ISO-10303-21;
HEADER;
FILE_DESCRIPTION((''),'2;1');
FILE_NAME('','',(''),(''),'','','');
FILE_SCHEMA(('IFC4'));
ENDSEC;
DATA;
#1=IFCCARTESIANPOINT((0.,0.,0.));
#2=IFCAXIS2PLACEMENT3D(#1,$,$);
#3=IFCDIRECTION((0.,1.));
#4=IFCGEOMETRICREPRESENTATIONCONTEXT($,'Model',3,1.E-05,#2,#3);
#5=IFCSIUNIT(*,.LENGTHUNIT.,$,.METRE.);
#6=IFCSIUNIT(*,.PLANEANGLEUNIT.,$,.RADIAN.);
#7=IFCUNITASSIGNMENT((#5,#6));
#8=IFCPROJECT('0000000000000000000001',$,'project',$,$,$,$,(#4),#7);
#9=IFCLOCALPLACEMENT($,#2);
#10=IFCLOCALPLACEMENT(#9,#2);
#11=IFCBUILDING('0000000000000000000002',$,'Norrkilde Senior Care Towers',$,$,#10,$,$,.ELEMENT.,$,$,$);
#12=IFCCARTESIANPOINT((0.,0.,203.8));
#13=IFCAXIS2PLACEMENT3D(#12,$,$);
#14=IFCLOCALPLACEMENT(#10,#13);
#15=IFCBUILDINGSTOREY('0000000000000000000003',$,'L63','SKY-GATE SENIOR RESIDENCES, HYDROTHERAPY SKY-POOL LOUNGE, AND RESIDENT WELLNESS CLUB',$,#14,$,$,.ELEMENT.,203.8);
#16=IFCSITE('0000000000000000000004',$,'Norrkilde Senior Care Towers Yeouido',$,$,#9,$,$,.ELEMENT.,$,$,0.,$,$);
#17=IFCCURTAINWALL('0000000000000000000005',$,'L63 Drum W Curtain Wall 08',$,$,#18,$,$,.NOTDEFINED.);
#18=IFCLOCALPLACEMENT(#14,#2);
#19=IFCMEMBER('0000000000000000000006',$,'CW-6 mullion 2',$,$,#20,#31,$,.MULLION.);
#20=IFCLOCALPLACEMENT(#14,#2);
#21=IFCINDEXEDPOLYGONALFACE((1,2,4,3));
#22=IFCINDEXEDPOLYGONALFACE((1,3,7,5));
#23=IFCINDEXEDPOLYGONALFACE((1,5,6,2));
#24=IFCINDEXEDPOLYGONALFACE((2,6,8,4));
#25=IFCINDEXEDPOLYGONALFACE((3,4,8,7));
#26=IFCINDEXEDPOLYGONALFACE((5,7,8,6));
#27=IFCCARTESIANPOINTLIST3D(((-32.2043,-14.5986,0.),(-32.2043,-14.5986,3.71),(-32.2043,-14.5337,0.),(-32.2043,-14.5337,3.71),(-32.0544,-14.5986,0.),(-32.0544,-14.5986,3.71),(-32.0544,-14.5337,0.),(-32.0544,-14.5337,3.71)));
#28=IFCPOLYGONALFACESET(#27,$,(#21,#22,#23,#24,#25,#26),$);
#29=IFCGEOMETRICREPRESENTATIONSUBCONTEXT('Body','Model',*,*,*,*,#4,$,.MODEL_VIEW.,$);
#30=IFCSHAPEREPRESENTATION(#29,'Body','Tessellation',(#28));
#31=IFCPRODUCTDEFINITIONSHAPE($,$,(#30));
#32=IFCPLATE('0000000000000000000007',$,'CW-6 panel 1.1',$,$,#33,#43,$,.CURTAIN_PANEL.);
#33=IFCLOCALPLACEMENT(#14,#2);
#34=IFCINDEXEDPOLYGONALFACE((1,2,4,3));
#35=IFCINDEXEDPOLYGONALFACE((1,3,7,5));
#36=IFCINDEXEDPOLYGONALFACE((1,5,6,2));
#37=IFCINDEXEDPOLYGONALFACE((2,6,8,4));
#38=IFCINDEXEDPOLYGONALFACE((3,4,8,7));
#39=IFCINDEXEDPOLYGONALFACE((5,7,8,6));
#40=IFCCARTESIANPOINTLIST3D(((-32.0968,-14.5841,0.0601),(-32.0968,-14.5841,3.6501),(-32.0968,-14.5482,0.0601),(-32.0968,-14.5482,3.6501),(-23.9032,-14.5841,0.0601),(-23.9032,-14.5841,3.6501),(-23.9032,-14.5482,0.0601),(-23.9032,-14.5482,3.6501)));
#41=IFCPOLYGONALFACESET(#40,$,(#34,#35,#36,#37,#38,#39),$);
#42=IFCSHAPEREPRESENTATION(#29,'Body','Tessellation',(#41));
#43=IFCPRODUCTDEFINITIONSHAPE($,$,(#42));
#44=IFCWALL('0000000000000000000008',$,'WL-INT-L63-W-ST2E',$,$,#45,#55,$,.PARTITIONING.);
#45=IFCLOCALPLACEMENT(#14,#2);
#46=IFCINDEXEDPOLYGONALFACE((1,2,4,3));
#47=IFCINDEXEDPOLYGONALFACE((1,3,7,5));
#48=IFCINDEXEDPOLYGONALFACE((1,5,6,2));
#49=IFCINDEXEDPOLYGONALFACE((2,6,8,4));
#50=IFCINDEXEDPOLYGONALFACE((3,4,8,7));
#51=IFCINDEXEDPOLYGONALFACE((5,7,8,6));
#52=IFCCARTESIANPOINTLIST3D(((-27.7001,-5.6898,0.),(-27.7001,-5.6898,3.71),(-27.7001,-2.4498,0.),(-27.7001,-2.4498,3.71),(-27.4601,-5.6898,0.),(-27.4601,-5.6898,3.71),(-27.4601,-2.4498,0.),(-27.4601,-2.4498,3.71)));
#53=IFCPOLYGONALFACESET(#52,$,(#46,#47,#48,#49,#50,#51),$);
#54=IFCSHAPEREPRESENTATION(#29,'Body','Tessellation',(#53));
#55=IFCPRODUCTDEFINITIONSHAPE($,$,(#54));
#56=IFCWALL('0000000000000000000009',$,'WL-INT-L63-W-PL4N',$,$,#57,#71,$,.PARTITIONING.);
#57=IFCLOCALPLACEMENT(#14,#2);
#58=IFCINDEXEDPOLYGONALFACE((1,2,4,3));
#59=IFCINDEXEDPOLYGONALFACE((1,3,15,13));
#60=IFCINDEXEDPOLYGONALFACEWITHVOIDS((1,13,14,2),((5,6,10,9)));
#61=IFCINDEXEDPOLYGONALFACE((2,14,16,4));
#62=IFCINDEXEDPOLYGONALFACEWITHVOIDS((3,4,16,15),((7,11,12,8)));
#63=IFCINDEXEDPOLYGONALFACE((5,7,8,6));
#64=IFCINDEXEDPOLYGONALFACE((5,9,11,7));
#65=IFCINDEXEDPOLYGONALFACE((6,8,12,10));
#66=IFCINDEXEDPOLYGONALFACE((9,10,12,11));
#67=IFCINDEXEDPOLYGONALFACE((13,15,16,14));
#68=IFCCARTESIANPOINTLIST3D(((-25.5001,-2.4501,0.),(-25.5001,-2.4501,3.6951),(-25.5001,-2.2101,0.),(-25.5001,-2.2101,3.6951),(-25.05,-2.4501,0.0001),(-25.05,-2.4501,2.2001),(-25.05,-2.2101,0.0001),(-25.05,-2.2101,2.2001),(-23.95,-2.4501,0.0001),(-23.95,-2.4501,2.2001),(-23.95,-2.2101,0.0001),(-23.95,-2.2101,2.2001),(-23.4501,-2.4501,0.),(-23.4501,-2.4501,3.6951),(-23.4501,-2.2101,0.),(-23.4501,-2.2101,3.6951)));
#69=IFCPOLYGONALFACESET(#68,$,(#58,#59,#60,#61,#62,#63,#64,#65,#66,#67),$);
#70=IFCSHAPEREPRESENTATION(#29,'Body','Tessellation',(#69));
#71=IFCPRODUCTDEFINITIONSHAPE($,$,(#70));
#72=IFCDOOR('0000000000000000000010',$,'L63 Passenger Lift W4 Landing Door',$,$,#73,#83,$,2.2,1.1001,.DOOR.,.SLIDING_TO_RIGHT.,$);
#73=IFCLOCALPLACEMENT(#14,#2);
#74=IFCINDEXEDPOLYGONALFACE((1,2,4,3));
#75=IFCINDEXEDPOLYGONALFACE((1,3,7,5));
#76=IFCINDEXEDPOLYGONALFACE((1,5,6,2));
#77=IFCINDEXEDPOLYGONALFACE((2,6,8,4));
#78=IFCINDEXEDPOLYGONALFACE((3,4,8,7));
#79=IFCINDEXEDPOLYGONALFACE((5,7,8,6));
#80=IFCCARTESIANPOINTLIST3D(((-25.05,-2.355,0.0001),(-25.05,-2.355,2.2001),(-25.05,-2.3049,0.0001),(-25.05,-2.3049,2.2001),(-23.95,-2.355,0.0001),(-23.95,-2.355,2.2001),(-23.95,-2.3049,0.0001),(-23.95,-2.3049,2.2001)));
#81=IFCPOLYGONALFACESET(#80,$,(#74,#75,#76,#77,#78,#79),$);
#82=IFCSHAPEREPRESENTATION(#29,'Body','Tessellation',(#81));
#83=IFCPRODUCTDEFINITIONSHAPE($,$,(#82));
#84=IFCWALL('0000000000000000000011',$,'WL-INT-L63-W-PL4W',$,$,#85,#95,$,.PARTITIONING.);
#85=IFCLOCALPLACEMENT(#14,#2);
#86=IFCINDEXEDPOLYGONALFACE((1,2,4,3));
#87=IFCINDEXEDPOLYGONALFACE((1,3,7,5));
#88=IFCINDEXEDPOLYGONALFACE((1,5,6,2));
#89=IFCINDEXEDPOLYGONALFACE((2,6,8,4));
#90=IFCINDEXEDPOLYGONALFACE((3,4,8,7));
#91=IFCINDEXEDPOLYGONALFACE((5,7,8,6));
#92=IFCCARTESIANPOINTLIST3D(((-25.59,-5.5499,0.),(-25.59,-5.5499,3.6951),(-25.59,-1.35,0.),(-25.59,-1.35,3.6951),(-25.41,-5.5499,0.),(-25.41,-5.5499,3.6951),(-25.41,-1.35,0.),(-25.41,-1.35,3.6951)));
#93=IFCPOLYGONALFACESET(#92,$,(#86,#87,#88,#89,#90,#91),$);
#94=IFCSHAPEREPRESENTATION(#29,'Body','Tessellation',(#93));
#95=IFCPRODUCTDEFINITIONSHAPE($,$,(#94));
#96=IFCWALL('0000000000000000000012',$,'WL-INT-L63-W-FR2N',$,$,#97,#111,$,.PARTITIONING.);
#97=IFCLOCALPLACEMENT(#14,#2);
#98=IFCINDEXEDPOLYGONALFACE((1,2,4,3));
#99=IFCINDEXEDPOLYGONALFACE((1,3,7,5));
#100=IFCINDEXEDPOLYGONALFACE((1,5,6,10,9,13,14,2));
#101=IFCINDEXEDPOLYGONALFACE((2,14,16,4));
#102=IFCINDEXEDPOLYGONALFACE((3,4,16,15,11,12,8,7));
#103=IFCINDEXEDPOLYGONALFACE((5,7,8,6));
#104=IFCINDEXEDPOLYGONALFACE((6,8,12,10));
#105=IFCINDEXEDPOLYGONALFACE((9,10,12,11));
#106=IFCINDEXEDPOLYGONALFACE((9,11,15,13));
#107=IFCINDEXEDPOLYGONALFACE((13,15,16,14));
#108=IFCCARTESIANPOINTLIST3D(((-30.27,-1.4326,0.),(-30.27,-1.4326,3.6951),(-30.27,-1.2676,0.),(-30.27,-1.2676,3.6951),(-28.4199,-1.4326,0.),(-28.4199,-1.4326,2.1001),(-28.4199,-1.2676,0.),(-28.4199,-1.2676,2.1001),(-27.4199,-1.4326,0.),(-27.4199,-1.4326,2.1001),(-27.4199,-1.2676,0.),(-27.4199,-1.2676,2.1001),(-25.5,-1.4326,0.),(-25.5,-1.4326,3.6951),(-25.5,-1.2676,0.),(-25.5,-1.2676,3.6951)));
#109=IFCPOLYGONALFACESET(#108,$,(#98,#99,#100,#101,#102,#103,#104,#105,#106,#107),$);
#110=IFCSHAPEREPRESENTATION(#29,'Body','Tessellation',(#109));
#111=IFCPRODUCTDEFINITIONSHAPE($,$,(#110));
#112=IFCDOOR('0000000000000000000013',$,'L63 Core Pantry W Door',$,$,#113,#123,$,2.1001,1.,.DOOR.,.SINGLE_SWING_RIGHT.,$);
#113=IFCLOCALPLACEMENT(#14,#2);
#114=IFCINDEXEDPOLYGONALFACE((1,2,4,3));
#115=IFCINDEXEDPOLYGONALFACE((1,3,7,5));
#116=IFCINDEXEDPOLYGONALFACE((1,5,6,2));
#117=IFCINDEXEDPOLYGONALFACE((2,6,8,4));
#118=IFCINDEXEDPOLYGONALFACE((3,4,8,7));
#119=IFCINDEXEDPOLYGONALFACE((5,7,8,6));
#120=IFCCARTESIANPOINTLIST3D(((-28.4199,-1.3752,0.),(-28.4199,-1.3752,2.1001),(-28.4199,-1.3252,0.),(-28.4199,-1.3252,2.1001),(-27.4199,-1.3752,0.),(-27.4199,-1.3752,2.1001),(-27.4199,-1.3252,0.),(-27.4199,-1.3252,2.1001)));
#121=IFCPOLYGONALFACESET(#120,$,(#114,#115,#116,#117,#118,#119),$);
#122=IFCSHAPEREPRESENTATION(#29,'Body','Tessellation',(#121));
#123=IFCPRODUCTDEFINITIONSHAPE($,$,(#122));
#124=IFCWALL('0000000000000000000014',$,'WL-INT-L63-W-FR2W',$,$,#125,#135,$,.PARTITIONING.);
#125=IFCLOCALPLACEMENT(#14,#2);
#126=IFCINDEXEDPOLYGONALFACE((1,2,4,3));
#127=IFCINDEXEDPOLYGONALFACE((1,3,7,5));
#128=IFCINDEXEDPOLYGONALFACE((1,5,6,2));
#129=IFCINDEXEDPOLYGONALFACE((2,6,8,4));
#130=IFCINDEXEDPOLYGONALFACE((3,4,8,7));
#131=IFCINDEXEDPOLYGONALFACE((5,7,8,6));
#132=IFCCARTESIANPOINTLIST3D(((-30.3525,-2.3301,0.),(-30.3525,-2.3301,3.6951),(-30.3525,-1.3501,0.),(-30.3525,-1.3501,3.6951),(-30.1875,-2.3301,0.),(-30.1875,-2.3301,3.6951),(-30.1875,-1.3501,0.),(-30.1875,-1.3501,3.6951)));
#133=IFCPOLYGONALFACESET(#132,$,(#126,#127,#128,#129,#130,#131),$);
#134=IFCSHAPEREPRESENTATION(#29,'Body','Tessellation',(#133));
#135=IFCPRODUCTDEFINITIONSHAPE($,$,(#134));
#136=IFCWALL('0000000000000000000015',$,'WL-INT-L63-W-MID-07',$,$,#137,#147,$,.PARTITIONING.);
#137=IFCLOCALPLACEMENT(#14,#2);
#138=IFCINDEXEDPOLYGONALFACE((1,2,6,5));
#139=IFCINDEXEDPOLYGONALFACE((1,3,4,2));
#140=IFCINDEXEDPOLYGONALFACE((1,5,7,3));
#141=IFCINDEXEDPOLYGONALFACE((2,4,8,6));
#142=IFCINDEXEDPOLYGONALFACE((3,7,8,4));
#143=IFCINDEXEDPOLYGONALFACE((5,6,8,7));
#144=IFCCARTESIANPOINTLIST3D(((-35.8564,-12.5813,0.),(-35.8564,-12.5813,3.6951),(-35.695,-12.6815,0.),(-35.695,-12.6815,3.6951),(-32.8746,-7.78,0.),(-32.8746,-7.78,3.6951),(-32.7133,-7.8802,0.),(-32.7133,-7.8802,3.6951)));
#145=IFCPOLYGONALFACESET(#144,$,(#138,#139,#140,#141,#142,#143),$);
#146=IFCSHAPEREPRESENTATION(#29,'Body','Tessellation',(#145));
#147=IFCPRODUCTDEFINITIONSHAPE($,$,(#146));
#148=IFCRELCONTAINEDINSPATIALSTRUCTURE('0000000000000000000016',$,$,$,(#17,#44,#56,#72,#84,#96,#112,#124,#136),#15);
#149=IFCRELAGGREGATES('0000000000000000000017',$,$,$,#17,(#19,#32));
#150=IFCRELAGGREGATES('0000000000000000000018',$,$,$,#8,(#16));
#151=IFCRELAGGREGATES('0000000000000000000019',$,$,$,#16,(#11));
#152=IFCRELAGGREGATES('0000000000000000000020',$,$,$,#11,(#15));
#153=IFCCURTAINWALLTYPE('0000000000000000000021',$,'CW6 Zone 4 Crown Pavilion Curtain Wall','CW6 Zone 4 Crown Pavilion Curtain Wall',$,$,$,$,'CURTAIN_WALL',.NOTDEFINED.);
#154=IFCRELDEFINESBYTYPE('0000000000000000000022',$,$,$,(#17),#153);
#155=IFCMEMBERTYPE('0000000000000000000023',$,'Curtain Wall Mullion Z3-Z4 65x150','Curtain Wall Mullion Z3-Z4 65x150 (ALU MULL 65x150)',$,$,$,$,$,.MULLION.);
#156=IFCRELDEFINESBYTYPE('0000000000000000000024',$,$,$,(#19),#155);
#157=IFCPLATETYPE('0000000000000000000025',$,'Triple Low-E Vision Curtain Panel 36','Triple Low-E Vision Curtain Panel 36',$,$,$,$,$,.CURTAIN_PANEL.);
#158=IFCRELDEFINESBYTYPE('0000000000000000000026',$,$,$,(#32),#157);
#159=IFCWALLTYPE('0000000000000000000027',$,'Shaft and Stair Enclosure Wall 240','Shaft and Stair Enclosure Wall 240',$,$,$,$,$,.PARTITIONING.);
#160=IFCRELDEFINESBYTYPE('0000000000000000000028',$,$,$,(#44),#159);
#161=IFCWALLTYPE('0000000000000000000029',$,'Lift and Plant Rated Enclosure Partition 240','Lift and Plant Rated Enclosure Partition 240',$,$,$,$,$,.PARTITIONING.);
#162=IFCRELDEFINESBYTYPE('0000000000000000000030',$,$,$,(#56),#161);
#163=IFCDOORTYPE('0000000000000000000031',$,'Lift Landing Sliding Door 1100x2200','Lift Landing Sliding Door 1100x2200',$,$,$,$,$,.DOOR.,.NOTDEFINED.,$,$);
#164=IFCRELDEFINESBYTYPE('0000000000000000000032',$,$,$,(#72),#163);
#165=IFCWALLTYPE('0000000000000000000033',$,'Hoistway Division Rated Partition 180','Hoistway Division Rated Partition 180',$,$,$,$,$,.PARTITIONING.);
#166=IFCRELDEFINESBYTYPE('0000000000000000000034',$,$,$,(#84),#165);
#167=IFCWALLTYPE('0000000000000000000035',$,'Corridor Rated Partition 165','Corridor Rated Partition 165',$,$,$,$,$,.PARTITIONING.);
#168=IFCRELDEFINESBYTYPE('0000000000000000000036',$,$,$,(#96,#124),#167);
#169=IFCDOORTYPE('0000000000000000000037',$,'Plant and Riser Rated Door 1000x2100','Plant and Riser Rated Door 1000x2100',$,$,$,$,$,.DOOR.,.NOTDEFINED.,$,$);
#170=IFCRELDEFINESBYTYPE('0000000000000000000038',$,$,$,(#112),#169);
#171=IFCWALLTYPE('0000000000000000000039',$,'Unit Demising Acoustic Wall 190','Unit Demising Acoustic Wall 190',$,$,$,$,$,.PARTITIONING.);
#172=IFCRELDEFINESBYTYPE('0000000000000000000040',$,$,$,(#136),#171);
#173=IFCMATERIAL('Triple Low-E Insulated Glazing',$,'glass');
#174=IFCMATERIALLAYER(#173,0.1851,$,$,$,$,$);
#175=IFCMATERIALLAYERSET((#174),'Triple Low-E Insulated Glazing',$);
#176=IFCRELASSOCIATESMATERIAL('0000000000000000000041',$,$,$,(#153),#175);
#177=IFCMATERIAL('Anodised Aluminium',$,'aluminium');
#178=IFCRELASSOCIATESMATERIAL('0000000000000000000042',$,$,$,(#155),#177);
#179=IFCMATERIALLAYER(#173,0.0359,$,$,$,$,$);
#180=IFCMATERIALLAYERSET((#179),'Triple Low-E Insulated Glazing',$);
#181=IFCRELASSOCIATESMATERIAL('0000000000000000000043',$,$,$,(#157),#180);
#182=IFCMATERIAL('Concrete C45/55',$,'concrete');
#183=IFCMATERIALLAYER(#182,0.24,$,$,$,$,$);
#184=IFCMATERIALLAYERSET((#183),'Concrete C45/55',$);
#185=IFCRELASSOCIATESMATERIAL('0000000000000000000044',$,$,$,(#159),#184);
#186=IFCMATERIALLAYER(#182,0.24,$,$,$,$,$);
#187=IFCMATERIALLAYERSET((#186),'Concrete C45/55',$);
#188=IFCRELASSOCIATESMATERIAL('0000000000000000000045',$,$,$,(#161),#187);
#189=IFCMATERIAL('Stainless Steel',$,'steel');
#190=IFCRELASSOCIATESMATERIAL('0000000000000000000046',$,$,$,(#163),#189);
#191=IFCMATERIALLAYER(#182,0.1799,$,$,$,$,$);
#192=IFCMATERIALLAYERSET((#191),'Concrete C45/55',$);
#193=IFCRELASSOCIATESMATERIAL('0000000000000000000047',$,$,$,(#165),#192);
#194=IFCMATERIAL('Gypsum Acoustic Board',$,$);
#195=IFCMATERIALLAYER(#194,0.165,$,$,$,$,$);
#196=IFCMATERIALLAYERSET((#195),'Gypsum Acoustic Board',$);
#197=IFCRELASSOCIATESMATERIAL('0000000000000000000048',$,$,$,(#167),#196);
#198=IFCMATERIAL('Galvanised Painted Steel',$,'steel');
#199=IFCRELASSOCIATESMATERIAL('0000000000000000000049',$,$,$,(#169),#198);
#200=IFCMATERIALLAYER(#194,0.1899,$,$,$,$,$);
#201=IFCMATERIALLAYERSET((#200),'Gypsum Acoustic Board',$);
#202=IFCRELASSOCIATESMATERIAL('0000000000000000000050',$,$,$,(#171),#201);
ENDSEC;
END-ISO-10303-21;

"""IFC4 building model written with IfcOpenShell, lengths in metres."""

from ifc_helpers import new_model, si_unit, direction, frame, frame_2d, origin, origin_2d, place, context, subcontext, project, spatial, rectangle, extrude, source, transform, mapped, material, layer, layer_set, material_profile, profile_set, type_object, type_shapes, element, fill, aggregate, save


model = new_model("IFC4")

# Units and contexts
model_context = context("Model", 3, precision=1e-05, world=origin(), true_north=direction((0.0, 1.0)))
body_context = subcontext(model_context, "Body", "Model", "MODEL_VIEW")
ifc_project = project(units=[si_unit("LENGTHUNIT", "METRE"), si_unit("PLANEANGLEUNIT", "RADIAN")], contexts=[model_context])

# Site, building, storey
site_placement = place(None, origin())
site = spatial("IfcSite", under=ifc_project, at=site_placement, Name="Norrkilde Senior Care Towers Yeouido", CompositionType="ELEMENT", RefElevation=0.0)
building_placement = place(site_placement, origin())
building = spatial("IfcBuilding", under=site, at=building_placement, Name="Norrkilde Senior Care Towers", CompositionType="ELEMENT")
storey_placement = place(building_placement, frame((0.0, 0.0, 203.8)))
storey = spatial("IfcBuildingStorey", under=building, at=storey_placement, Name="L63", Description="SKY-GATE SENIOR RESIDENCES, HYDROTHERAPY SKY-POOL LOUNGE, AND RESIDENT WELLNESS CLUB", CompositionType="ELEMENT", Elevation=203.8)

# Curtain wall
ifc_material_1 = material(Name="Triple Low-E Insulated Glazing", Category="glass")
ifc_layer_1 = layer(ifc_material_1, 0.1851)
ifc_layer_set_1 = layer_set([ifc_layer_1], Name="Triple Low-E Insulated Glazing")
curtain_wall_type = type_object("IfcCurtainWallType", Name="CW6 Zone 4 Crown Pavilion Curtain Wall", Description="CW6 Zone 4 Crown Pavilion Curtain Wall", ElementType="CURTAIN_WALL", PredefinedType="NOTDEFINED", material=ifc_layer_set_1)
curtain_wall_1_placement = place(storey_placement, origin())
curtain_wall_1 = element("IfcCurtainWall", 1, at=curtain_wall_1_placement, inside=storey, type_object=curtain_wall_type, Name="L63 Drum W Curtain Wall 08", PredefinedType="NOTDEFINED")
ifc_material_2 = material(Name="Anodised Aluminium", Category="aluminium")
ifc_material_profile_1 = material_profile(ifc_material_2, rectangle(XDim=0.0649, YDim=0.1499, at=origin_2d()), Name="ALU MULL 65x150")
ifc_profile_set_1 = profile_set([ifc_material_profile_1], Name="Anodised Aluminium")
member_type_1 = type_object("IfcMemberType", Name="Curtain Wall Mullion Z3-Z4 65x150", Description="Curtain Wall Mullion Z3-Z4 65x150 (ALU MULL 65x150)", PredefinedType="MULLION", material=ifc_profile_set_1)
shared_shape_1 = source(origin(), body_context, "Body", "SweptSolid", [
    extrude(rectangle(XDim=0.0649, YDim=0.1499, at=origin_2d()), origin(), (0.0, 0.0, 1.0), 3.71),
])
type_shapes(member_type_1, [shared_shape_1])

# Member
member_1_placement = place(storey_placement, frame((-32.1294, -14.5662, 0.0), z_axis=(0.0, 0.0, 1.0), x_axis=(0.0, -1.0, 0.0)))
member_1 = element("IfcMember", 2, at=member_1_placement, type_object=member_type_1, Name="CW-6 mullion 2", PredefinedType="MULLION", context=body_context, shape_type="MappedRepresentation", body=[
    mapped(shared_shape_1, transform((0.0, 0.0, 0.0), x_axis=(1.0, 0.0, 0.0), y_axis=(0.0, 1.0, 0.0), z_axis=(0.0, 0.0, 1.0), scale=1.0)),
])

# Plate
ifc_layer_2 = layer(ifc_material_1, 0.0359)
ifc_layer_set_2 = layer_set([ifc_layer_2], Name="Triple Low-E Insulated Glazing")
plate_type = type_object("IfcPlateType", Name="Triple Low-E Vision Curtain Panel 36", Description="Triple Low-E Vision Curtain Panel 36", PredefinedType="CURTAIN_PANEL", material=ifc_layer_set_2)
shared_shape_2 = source(origin(), body_context, "Body", "SweptSolid", [
    extrude(rectangle(XDim=8.1936, YDim=0.0359, at=origin_2d()), origin(), (0.0, 0.0, 1.0), 3.5901),
])
type_shapes(plate_type, [shared_shape_2])
plate_placement = place(storey_placement, frame((-28.0, -14.5662, 0.0601), z_axis=(0.0, 0.0, 1.0), x_axis=(-1.0, 0.0, 0.0)))
plate = element("IfcPlate", 3, at=plate_placement, type_object=plate_type, Name="CW-6 panel 1.1", PredefinedType="CURTAIN_PANEL", context=body_context, shape_type="MappedRepresentation", body=[
    mapped(shared_shape_2, transform((0.0, 0.0, 0.0), x_axis=(1.0, 0.0, 0.0), y_axis=(0.0, 1.0, 0.0), z_axis=(0.0, 0.0, 1.0), scale=1.0)),
])
aggregate(curtain_wall_1, [member_1, plate])

# Wall
ifc_material_3 = material(Name="Concrete C45/55", Category="concrete")
ifc_layer_3 = layer(ifc_material_3, 0.24)
ifc_layer_set_3 = layer_set([ifc_layer_3], Name="Concrete C45/55")
wall_type_1 = type_object("IfcWallType", Name="Shaft and Stair Enclosure Wall 240", Description="Shaft and Stair Enclosure Wall 240", PredefinedType="PARTITIONING", material=ifc_layer_set_3)
shared_shape_3 = source(origin(), body_context, "Body", "SweptSolid", [
    extrude(rectangle(XDim=3.24, YDim=0.24, at=frame_2d((1.6201, 0.0))), origin(), (0.0, 0.0, 1.0), 3.71),
])
type_shapes(wall_type_1, [shared_shape_3])
wall_1_placement = place(storey_placement, frame((-27.5801, -5.6899, 0.0), z_axis=(0.0, 0.0, 1.0), x_axis=(0.0, 1.0, 0.0)))
element("IfcWall", 4, at=wall_1_placement, inside=storey, type_object=wall_type_1, Name="WL-INT-L63-W-ST2E", PredefinedType="PARTITIONING", context=body_context, shape_type="MappedRepresentation", body=[
    mapped(shared_shape_3, transform((0.0, 0.0, 0.0), x_axis=(1.0, 0.0, 0.0), y_axis=(0.0, 1.0, 0.0), z_axis=(0.0, 0.0, 1.0), scale=1.0)),
])

# Wall, opening, door
ifc_layer_4 = layer(ifc_material_3, 0.24)
ifc_layer_set_4 = layer_set([ifc_layer_4], Name="Concrete C45/55")
wall_type_2 = type_object("IfcWallType", Name="Lift and Plant Rated Enclosure Partition 240", Description="Lift and Plant Rated Enclosure Partition 240", PredefinedType="PARTITIONING", material=ifc_layer_set_4)
shared_shape_4 = source(origin(), body_context, "Body", "SweptSolid", [
    extrude(rectangle(XDim=2.05, YDim=0.24, at=frame_2d((1.0249, 0.0))), origin(), (0.0, 0.0, 1.0), 3.6951),
])
type_shapes(wall_type_2, [shared_shape_4])
wall_2_placement = place(storey_placement, frame((-25.5, -2.3301, 0.0), z_axis=(0.0, 0.0, 1.0), x_axis=(1.0, 0.0, 0.0)))
wall_2 = element("IfcWall", 5, at=wall_2_placement, inside=storey, type_object=wall_type_2, Name="WL-INT-L63-W-PL4N", PredefinedType="PARTITIONING", context=body_context, shape_type="MappedRepresentation", body=[
    mapped(shared_shape_4, transform((0.0, 0.0, 0.0), x_axis=(1.0, 0.0, 0.0), y_axis=(0.0, 1.0, 0.0), z_axis=(0.0, 0.0, 1.0), scale=1.0)),
])
opening_1_placement = place(wall_2_placement, frame((0.45, 0.0, 0.0)))
opening_1 = element("IfcOpeningElement", 6, at=opening_1_placement, cuts=wall_2, PredefinedType="OPENING", context=body_context, shape_type="SweptSolid", body=[
    extrude(rectangle(XDim=1.1001, YDim=2.2, at=frame_2d((0.55, 1.1001))), frame((0.0, 0.1299, 0.0), z_axis=(0.0, -1.0, 0.0), x_axis=(1.0, 0.0, 0.0)), (0.0, 0.0, 1.0), 0.26),
])
ifc_material_4 = material(Name="Stainless Steel", Category="steel")
door_type_1 = type_object("IfcDoorType", Name="Lift Landing Sliding Door 1100x2200", Description="Lift Landing Sliding Door 1100x2200", OperationType="NOTDEFINED", PredefinedType="DOOR", material=ifc_material_4)
shared_shape_5 = source(origin(), body_context, "Body", "SweptSolid", [
    extrude(rectangle(XDim=1.1001, YDim=2.2, at=frame_2d((0.55, 1.1001))), frame((0.0, 0.0249, 0.0), z_axis=(0.0, -1.0, 0.0), x_axis=(1.0, 0.0, 0.0)), (0.0, 0.0, 1.0), 0.05),
])
type_shapes(door_type_1, [shared_shape_5])
door_1_placement = place(opening_1_placement, frame((1.1001, 0.0, 0.0), z_axis=(0.0, 0.0, 1.0), x_axis=(-1.0, 0.0, 0.0)))
door_1 = element("IfcDoor", 7, at=door_1_placement, inside=storey, type_object=door_type_1, Name="L63 Passenger Lift W4 Landing Door", OperationType="SLIDING_TO_RIGHT", OverallHeight=2.2, OverallWidth=1.1001, PredefinedType="DOOR", context=body_context, shape_type="MappedRepresentation", body=[
    mapped(shared_shape_5, transform((0.0, 0.0, 0.0), x_axis=(1.0, 0.0, 0.0), y_axis=(0.0, 1.0, 0.0), z_axis=(0.0, 0.0, 1.0), scale=1.0)),
])
fill(opening_1, door_1)

# Wall
ifc_layer_5 = layer(ifc_material_3, 0.1799)
ifc_layer_set_5 = layer_set([ifc_layer_5], Name="Concrete C45/55")
wall_type_3 = type_object("IfcWallType", Name="Hoistway Division Rated Partition 180", Description="Hoistway Division Rated Partition 180", PredefinedType="PARTITIONING", material=ifc_layer_set_5)
shared_shape_6 = source(origin(), body_context, "Body", "SweptSolid", [
    extrude(rectangle(XDim=4.2, YDim=0.1799, at=frame_2d((2.1001, 0.0))), origin(), (0.0, 0.0, 1.0), 3.6951),
])
type_shapes(wall_type_3, [shared_shape_6])
wall_3_placement = place(storey_placement, frame((-25.5, -5.55, 0.0), z_axis=(0.0, 0.0, 1.0), x_axis=(0.0, 1.0, 0.0)))
element("IfcWall", 8, at=wall_3_placement, inside=storey, type_object=wall_type_3, Name="WL-INT-L63-W-PL4W", PredefinedType="PARTITIONING", context=body_context, shape_type="MappedRepresentation", body=[
    mapped(shared_shape_6, transform((0.0, 0.0, 0.0), x_axis=(1.0, 0.0, 0.0), y_axis=(0.0, 1.0, 0.0), z_axis=(0.0, 0.0, 1.0), scale=1.0)),
])

# Wall, opening, door
ifc_material_5 = material(Name="Gypsum Acoustic Board")
ifc_layer_6 = layer(ifc_material_5, 0.165)
ifc_layer_set_6 = layer_set([ifc_layer_6], Name="Gypsum Acoustic Board")
wall_type_4 = type_object("IfcWallType", Name="Corridor Rated Partition 165", Description="Corridor Rated Partition 165", PredefinedType="PARTITIONING", material=ifc_layer_set_6)
shared_shape_7 = source(origin(), body_context, "Body", "SweptSolid", [
    extrude(rectangle(XDim=4.77, YDim=0.165, at=frame_2d((2.385, 0.0))), origin(), (0.0, 0.0, 1.0), 3.6951),
])
wall_4_placement = place(storey_placement, frame((-30.27, -1.3501, 0.0), z_axis=(0.0, 0.0, 1.0), x_axis=(1.0, 0.0, 0.0)))
wall_4 = element("IfcWall", 9, at=wall_4_placement, inside=storey, type_object=wall_type_4, Name="WL-INT-L63-W-FR2N", PredefinedType="PARTITIONING", context=body_context, shape_type="MappedRepresentation", body=[
    mapped(shared_shape_7, transform((0.0, 0.0, 0.0), x_axis=(1.0, 0.0, 0.0), y_axis=(0.0, 1.0, 0.0), z_axis=(0.0, 0.0, 1.0), scale=1.0)),
])
opening_2_placement = place(wall_4_placement, frame((1.8501, 0.0, 0.0)))
opening_2 = element("IfcOpeningElement", 10, at=opening_2_placement, cuts=wall_4, PredefinedType="OPENING", context=body_context, shape_type="SweptSolid", body=[
    extrude(rectangle(XDim=1.0, YDim=2.1001, at=frame_2d((0.5, 1.05))), frame((0.0, 0.0925, 0.0), z_axis=(0.0, -1.0, 0.0), x_axis=(1.0, 0.0, 0.0)), (0.0, 0.0, 1.0), 0.1851),
])
ifc_material_6 = material(Name="Galvanised Painted Steel", Category="steel")
door_type_2 = type_object("IfcDoorType", Name="Plant and Riser Rated Door 1000x2100", Description="Plant and Riser Rated Door 1000x2100", OperationType="NOTDEFINED", PredefinedType="DOOR", material=ifc_material_6)
shared_shape_8 = source(origin(), body_context, "Body", "SweptSolid", [
    extrude(rectangle(XDim=1.0, YDim=2.1001, at=frame_2d((0.5, 1.05))), frame((0.0, 0.0249, 0.0), z_axis=(0.0, -1.0, 0.0), x_axis=(1.0, 0.0, 0.0)), (0.0, 0.0, 1.0), 0.05),
])
type_shapes(door_type_2, [shared_shape_8])
door_2_placement = place(opening_2_placement, origin())
door_2 = element("IfcDoor", 11, at=door_2_placement, inside=storey, type_object=door_type_2, Name="L63 Core Pantry W Door", OperationType="SINGLE_SWING_RIGHT", OverallHeight=2.1001, OverallWidth=1.0, PredefinedType="DOOR", context=body_context, shape_type="MappedRepresentation", body=[
    mapped(shared_shape_8, transform((0.0, 0.0, 0.0), x_axis=(1.0, 0.0, 0.0), y_axis=(0.0, 1.0, 0.0), z_axis=(0.0, 0.0, 1.0), scale=1.0)),
])
fill(opening_2, door_2)

# Walls
shared_shape_9 = source(origin(), body_context, "Body", "SweptSolid", [
    extrude(rectangle(XDim=0.98, YDim=0.165, at=frame_2d((0.49, 0.0))), origin(), (0.0, 0.0, 1.0), 3.6951),
])
type_shapes(wall_type_4, [shared_shape_7, shared_shape_9])
wall_5_placement = place(storey_placement, frame((-30.27, -2.3301, 0.0), z_axis=(0.0, 0.0, 1.0), x_axis=(0.0, 1.0, 0.0)))
element("IfcWall", 12, at=wall_5_placement, inside=storey, type_object=wall_type_4, Name="WL-INT-L63-W-FR2W", PredefinedType="PARTITIONING", context=body_context, shape_type="MappedRepresentation", body=[
    mapped(shared_shape_9, transform((0.0, 0.0, 0.0), x_axis=(1.0, 0.0, 0.0), y_axis=(0.0, 1.0, 0.0), z_axis=(0.0, 0.0, 1.0), scale=1.0)),
])
ifc_layer_7 = layer(ifc_material_5, 0.1899)
ifc_layer_set_7 = layer_set([ifc_layer_7], Name="Gypsum Acoustic Board")
wall_type_5 = type_object("IfcWallType", Name="Unit Demising Acoustic Wall 190", Description="Unit Demising Acoustic Wall 190", PredefinedType="PARTITIONING", material=ifc_layer_set_7)
shared_shape_10 = source(origin(), body_context, "Body", "SweptSolid", [
    extrude(rectangle(XDim=5.6519, YDim=0.1899, at=frame_2d((2.8259, 0.0))), origin(), (0.0, 0.0, 1.0), 3.6951),
])
wall_6_placement = place(storey_placement, frame((-32.7939, -7.8301, 0.0), z_axis=(0.0, 0.0, 1.0), x_axis=(-0.527566, -0.849514, 0.0)))
element("IfcWall", 13, at=wall_6_placement, inside=storey, type_object=wall_type_5, Name="WL-INT-L63-W-MID-07", PredefinedType="PARTITIONING", context=body_context, shape_type="MappedRepresentation", body=[
    mapped(shared_shape_10, transform((0.0, 0.0, 0.0), x_axis=(1.0, 0.0, 0.0), y_axis=(0.0, 1.0, 0.0), z_axis=(0.0, 0.0, 1.0), scale=1.0)),
])

save(model, "model.ifc")
